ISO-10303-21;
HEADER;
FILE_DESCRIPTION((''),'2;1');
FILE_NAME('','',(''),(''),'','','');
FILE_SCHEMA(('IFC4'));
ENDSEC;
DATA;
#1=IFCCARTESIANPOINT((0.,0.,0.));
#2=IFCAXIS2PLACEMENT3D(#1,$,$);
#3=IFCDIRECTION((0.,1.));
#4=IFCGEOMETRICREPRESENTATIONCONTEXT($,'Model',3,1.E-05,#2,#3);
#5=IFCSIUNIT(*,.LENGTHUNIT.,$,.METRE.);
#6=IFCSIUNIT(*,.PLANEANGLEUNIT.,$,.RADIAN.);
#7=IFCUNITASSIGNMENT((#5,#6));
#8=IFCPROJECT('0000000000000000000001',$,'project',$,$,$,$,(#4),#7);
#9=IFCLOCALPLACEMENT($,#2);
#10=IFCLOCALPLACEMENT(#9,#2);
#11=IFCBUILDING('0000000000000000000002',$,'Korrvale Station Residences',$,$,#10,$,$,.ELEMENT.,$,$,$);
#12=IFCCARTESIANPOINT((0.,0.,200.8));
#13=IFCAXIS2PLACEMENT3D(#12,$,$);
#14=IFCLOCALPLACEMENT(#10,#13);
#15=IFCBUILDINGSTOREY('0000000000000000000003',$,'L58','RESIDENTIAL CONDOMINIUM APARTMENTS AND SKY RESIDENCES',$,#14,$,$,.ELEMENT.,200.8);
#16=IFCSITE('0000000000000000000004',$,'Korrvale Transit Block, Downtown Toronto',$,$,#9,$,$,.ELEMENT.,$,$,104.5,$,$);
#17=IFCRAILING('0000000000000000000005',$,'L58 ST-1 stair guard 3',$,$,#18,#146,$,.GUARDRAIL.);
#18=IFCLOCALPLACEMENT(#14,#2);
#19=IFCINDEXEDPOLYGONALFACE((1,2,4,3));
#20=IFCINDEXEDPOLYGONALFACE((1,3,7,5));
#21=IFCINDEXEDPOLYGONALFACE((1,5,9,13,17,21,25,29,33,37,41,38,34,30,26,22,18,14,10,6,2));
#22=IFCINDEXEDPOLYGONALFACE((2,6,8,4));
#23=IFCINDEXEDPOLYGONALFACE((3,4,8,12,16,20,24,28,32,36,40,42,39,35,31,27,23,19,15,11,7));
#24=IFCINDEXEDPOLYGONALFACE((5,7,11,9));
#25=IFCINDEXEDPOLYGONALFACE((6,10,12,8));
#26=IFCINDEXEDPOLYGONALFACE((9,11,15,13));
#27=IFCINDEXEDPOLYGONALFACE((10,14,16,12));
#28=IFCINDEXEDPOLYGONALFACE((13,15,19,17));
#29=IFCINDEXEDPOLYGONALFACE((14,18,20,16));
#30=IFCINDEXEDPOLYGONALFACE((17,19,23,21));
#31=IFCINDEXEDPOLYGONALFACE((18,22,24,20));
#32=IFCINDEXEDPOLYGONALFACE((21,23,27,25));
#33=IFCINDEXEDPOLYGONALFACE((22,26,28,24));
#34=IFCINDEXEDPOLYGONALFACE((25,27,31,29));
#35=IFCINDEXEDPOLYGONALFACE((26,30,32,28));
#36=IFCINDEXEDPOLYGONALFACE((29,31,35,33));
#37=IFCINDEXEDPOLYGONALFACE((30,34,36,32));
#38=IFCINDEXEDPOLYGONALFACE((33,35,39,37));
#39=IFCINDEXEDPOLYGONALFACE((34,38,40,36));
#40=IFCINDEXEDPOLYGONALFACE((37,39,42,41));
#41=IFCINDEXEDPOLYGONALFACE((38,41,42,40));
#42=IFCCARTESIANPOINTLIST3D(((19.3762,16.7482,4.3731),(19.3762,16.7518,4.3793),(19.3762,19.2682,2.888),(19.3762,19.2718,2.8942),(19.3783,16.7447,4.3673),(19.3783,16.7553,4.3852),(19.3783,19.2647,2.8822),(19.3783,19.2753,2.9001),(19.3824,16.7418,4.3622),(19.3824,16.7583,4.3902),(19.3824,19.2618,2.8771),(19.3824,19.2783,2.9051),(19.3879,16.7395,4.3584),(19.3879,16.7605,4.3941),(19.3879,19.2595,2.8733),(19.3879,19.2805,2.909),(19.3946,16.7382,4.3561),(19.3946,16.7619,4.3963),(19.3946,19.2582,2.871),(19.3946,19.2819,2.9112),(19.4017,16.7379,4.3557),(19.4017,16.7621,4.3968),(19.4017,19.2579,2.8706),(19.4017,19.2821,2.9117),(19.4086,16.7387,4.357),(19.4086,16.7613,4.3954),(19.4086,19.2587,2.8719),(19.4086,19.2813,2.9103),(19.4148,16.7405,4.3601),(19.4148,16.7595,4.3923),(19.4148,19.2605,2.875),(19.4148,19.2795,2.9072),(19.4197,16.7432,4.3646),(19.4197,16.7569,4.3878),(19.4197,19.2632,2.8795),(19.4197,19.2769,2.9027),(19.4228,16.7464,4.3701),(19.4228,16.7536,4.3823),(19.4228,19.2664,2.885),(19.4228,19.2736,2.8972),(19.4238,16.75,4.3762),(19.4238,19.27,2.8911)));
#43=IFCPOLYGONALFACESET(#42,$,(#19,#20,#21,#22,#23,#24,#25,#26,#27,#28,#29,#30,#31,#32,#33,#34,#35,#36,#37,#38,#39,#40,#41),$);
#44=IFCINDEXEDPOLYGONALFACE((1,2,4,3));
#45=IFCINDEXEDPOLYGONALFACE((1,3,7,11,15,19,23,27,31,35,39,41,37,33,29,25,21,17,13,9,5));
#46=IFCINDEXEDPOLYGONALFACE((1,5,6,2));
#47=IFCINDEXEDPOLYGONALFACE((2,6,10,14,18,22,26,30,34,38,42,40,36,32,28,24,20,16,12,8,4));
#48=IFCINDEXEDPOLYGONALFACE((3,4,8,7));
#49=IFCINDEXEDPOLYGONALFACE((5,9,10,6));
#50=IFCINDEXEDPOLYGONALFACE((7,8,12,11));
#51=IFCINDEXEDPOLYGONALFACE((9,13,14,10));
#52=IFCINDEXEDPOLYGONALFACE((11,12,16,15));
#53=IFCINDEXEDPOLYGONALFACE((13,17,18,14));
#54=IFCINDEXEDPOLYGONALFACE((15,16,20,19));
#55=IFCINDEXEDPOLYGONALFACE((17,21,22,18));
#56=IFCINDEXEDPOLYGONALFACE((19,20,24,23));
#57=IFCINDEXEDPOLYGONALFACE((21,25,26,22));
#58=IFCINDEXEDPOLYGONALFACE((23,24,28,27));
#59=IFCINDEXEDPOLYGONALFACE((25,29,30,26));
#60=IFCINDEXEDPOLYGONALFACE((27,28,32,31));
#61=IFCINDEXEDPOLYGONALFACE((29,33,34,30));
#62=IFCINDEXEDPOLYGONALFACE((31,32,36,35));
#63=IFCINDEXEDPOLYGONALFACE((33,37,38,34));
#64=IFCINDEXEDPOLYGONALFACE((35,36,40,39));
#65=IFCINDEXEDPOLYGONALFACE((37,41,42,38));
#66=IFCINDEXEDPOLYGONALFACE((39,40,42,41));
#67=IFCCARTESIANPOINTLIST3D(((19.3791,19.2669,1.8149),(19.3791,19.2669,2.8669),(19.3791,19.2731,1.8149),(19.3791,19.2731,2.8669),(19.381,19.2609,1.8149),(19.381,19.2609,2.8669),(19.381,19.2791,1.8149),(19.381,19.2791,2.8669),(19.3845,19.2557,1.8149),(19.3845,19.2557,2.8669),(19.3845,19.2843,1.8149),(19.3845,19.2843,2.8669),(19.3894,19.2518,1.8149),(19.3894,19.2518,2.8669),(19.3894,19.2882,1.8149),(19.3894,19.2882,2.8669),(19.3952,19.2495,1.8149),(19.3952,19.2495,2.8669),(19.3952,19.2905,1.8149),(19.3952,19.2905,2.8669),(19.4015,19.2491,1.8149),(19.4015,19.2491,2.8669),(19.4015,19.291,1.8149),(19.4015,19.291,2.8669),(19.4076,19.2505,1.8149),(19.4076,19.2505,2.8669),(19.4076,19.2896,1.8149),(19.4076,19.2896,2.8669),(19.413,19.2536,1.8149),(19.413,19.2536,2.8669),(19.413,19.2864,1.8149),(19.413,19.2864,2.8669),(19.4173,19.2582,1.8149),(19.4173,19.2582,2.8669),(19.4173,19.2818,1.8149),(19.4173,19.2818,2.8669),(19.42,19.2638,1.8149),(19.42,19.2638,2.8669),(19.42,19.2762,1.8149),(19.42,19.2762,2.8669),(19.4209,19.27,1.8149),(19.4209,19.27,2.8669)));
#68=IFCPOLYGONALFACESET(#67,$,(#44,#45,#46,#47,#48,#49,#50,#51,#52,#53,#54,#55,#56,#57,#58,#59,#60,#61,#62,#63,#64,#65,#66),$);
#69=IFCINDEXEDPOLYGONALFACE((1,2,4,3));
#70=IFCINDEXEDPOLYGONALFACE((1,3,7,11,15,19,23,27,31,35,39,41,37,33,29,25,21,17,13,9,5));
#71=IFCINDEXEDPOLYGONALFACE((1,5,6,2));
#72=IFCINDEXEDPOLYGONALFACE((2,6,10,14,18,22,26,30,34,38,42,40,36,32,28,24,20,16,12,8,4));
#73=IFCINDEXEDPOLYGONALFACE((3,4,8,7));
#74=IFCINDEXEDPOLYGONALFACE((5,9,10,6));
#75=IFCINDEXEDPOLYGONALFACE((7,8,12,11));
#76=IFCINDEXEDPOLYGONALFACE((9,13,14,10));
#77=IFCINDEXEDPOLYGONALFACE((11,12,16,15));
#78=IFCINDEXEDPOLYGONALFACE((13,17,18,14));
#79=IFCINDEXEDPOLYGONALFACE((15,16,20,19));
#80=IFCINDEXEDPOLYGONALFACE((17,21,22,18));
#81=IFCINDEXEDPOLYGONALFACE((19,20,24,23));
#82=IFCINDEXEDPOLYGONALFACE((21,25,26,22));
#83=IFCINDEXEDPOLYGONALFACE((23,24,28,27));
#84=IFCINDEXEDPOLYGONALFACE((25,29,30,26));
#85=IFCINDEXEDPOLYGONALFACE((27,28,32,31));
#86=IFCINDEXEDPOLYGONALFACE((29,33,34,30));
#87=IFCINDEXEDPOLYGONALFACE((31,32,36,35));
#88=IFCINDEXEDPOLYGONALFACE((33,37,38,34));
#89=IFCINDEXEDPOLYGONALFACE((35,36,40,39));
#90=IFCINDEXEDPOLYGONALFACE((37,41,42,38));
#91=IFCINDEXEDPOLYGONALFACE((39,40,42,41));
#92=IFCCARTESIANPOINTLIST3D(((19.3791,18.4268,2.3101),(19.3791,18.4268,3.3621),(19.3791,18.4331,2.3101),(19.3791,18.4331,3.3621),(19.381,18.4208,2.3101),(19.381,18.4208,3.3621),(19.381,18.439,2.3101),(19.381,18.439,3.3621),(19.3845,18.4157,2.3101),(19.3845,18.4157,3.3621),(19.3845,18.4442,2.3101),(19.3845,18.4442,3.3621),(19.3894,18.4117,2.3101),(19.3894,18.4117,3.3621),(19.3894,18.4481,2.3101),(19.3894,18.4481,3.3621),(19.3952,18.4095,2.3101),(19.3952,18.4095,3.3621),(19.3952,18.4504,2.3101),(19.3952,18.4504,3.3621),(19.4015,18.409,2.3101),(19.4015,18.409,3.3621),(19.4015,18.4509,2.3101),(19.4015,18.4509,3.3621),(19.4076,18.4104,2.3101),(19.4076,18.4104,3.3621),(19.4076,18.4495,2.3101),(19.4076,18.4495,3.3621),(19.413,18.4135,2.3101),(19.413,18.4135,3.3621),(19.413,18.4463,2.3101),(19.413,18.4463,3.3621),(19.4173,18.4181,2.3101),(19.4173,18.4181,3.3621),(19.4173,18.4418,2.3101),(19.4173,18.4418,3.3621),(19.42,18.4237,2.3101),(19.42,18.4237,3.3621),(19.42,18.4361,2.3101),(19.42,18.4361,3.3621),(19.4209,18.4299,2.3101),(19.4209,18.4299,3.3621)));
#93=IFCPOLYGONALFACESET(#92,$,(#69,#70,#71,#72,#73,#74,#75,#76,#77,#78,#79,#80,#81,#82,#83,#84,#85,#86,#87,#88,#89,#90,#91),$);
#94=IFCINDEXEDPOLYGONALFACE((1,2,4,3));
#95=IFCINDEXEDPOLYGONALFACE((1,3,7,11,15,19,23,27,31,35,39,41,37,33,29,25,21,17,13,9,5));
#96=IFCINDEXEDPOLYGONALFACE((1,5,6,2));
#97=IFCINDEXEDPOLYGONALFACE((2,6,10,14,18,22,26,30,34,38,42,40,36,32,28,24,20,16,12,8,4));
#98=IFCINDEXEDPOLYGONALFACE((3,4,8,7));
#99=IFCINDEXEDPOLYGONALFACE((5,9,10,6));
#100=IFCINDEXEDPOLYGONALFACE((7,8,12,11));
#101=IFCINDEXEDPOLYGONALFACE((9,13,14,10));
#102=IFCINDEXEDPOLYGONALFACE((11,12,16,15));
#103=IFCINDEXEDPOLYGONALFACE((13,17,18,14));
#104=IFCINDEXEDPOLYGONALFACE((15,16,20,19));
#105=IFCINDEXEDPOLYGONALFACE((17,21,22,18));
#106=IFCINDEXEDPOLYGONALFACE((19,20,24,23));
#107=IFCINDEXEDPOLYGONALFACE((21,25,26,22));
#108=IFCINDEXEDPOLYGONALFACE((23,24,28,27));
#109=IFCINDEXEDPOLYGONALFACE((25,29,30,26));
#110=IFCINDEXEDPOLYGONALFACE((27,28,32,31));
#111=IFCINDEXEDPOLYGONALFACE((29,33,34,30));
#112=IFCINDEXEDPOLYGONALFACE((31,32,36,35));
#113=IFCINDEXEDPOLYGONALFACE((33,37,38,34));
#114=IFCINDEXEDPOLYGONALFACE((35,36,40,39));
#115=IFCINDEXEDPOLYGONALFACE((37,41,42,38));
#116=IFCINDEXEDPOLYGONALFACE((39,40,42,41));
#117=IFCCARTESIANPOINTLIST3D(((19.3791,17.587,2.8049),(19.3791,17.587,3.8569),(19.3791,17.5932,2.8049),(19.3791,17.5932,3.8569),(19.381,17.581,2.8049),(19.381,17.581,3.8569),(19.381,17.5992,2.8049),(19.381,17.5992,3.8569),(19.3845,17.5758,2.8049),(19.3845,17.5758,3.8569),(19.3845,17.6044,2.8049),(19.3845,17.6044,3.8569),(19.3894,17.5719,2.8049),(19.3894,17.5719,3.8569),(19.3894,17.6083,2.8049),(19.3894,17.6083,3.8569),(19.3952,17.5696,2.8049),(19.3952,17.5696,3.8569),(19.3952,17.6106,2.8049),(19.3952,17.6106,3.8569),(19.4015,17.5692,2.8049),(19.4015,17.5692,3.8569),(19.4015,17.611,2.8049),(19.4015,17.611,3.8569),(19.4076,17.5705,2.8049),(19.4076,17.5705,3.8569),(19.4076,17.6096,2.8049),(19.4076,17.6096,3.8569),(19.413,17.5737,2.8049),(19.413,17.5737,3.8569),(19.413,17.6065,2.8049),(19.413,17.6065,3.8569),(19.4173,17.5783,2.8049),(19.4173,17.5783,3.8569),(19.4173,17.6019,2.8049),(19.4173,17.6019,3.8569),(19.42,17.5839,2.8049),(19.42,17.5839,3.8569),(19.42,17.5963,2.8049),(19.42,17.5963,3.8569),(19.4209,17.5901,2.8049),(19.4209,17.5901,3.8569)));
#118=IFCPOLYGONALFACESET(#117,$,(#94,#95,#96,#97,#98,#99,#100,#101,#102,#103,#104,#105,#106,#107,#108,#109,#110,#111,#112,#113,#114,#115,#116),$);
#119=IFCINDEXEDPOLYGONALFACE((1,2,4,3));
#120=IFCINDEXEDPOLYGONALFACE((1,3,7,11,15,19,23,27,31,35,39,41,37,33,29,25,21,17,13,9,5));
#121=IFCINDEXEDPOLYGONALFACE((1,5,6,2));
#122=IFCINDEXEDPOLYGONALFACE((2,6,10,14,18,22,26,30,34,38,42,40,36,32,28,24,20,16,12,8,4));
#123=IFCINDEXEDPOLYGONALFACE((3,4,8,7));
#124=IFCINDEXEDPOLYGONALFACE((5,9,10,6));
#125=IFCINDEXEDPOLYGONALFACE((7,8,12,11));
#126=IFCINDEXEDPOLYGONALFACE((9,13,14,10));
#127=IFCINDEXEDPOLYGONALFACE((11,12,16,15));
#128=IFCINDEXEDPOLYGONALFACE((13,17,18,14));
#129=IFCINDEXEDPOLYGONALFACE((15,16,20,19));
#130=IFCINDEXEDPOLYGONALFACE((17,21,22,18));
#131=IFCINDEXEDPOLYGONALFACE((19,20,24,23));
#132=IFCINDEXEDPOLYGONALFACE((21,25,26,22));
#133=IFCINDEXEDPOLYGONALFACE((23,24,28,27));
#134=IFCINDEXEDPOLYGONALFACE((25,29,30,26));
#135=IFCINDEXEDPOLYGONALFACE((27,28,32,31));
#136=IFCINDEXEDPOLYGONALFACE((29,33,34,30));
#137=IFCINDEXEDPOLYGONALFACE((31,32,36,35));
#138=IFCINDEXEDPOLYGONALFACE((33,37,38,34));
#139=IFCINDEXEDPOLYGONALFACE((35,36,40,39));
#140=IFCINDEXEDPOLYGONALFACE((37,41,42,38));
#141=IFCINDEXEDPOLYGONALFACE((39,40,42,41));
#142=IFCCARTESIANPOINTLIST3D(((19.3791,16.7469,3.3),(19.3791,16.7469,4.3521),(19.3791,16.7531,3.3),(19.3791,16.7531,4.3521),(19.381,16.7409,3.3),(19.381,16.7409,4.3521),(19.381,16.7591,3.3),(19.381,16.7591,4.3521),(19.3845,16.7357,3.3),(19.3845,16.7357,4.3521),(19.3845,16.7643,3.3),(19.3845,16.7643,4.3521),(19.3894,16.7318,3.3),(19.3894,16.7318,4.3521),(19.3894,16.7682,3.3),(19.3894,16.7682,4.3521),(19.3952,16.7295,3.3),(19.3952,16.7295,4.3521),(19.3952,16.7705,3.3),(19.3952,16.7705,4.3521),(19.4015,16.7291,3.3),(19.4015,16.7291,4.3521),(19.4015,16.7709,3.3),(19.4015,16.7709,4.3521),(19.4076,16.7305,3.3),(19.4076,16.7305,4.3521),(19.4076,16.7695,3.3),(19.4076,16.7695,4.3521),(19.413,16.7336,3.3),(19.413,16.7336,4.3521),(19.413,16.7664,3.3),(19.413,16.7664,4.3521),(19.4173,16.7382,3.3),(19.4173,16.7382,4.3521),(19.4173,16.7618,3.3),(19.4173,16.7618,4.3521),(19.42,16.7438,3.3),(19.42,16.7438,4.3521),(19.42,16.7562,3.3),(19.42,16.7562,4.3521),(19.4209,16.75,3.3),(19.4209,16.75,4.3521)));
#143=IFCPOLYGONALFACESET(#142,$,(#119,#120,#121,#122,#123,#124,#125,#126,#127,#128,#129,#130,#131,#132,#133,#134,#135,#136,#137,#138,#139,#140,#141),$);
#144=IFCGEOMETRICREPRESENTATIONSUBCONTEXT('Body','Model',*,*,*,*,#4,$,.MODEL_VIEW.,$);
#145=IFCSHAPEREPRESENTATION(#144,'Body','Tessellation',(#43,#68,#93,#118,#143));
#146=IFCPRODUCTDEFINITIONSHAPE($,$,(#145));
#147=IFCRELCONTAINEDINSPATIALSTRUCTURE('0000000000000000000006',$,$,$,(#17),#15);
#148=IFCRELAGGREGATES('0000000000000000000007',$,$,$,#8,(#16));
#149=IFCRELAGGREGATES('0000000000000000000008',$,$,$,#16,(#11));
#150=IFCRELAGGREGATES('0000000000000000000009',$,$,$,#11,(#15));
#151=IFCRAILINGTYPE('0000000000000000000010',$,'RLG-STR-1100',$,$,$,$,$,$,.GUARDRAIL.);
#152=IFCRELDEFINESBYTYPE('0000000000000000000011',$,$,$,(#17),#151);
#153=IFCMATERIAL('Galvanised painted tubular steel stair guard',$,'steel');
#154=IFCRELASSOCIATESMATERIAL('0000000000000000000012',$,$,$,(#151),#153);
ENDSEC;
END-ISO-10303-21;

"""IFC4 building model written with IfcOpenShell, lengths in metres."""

from ifc_helpers import new_model, si_unit, direction, frame, origin, origin_2d, place, context, subcontext, project, spatial, circle, extrude, material, type_object, element, save


model = new_model("IFC4")

# Units and contexts
model_context = context("Model", 3, precision=1e-05, world=origin(), true_north=direction((0.0, 1.0)))
body_context = subcontext(model_context, "Body", "Model", "MODEL_VIEW")
ifc_project = project(units=[si_unit("LENGTHUNIT", "METRE"), si_unit("PLANEANGLEUNIT", "RADIAN")], contexts=[model_context])

# Site, building, storey
site_placement = place(None, origin())
site = spatial("IfcSite", under=ifc_project, at=site_placement, Name="Korrvale Transit Block, Downtown Toronto", CompositionType="ELEMENT", RefElevation=104.5)
building_placement = place(site_placement, origin())
building = spatial("IfcBuilding", under=site, at=building_placement, Name="Korrvale Station Residences", CompositionType="ELEMENT")
storey_placement = place(building_placement, frame((0.0, 0.0, 200.8)))
storey = spatial("IfcBuildingStorey", under=building, at=storey_placement, Name="L58", Description="RESIDENTIAL CONDOMINIUM APARTMENTS AND SKY RESIDENCES", CompositionType="ELEMENT", Elevation=200.8)

# Railing
ifc_material_1 = material(Name="Galvanised painted tubular steel stair guard", Category="steel")
railing_type_1 = type_object("IfcRailingType", Name="RLG-STR-1100", PredefinedType="GUARDRAIL", material=ifc_material_1)
railing_1_placement = place(storey_placement, frame((19.3999, 19.27, 1.8149)))
element("IfcRailing", 1, at=railing_1_placement, inside=storey, type_object=railing_type_1, Name="L58 ST-1 stair guard 3", PredefinedType="GUARDRAIL", context=body_context, shape_type="SweptSolid", body=[
    extrude(circle(Radius=0.0239, at=origin_2d()), frame((0.0, 0.0, 1.0762), z_axis=(0.0, -0.861524, 0.507717), x_axis=(1.0, 0.0, 0.0)), (0.0, 0.0, 1.0), 2.925),
    extrude(circle(Radius=0.021, at=origin_2d()), origin(), (0.0, 0.0, 1.0), 1.052),
    extrude(circle(Radius=0.021, at=origin_2d()), frame((0.0, -0.8401, 0.4951)), (0.0, 0.0, 1.0), 1.052),
    extrude(circle(Radius=0.021, at=origin_2d()), frame((0.0, -1.6799, 0.99)), (0.0, 0.0, 1.0), 1.052),
    extrude(circle(Radius=0.021, at=origin_2d()), frame((0.0, -2.52, 1.4851)), (0.0, 0.0, 1.0), 1.052),
])

save(model, "model.ifc")
